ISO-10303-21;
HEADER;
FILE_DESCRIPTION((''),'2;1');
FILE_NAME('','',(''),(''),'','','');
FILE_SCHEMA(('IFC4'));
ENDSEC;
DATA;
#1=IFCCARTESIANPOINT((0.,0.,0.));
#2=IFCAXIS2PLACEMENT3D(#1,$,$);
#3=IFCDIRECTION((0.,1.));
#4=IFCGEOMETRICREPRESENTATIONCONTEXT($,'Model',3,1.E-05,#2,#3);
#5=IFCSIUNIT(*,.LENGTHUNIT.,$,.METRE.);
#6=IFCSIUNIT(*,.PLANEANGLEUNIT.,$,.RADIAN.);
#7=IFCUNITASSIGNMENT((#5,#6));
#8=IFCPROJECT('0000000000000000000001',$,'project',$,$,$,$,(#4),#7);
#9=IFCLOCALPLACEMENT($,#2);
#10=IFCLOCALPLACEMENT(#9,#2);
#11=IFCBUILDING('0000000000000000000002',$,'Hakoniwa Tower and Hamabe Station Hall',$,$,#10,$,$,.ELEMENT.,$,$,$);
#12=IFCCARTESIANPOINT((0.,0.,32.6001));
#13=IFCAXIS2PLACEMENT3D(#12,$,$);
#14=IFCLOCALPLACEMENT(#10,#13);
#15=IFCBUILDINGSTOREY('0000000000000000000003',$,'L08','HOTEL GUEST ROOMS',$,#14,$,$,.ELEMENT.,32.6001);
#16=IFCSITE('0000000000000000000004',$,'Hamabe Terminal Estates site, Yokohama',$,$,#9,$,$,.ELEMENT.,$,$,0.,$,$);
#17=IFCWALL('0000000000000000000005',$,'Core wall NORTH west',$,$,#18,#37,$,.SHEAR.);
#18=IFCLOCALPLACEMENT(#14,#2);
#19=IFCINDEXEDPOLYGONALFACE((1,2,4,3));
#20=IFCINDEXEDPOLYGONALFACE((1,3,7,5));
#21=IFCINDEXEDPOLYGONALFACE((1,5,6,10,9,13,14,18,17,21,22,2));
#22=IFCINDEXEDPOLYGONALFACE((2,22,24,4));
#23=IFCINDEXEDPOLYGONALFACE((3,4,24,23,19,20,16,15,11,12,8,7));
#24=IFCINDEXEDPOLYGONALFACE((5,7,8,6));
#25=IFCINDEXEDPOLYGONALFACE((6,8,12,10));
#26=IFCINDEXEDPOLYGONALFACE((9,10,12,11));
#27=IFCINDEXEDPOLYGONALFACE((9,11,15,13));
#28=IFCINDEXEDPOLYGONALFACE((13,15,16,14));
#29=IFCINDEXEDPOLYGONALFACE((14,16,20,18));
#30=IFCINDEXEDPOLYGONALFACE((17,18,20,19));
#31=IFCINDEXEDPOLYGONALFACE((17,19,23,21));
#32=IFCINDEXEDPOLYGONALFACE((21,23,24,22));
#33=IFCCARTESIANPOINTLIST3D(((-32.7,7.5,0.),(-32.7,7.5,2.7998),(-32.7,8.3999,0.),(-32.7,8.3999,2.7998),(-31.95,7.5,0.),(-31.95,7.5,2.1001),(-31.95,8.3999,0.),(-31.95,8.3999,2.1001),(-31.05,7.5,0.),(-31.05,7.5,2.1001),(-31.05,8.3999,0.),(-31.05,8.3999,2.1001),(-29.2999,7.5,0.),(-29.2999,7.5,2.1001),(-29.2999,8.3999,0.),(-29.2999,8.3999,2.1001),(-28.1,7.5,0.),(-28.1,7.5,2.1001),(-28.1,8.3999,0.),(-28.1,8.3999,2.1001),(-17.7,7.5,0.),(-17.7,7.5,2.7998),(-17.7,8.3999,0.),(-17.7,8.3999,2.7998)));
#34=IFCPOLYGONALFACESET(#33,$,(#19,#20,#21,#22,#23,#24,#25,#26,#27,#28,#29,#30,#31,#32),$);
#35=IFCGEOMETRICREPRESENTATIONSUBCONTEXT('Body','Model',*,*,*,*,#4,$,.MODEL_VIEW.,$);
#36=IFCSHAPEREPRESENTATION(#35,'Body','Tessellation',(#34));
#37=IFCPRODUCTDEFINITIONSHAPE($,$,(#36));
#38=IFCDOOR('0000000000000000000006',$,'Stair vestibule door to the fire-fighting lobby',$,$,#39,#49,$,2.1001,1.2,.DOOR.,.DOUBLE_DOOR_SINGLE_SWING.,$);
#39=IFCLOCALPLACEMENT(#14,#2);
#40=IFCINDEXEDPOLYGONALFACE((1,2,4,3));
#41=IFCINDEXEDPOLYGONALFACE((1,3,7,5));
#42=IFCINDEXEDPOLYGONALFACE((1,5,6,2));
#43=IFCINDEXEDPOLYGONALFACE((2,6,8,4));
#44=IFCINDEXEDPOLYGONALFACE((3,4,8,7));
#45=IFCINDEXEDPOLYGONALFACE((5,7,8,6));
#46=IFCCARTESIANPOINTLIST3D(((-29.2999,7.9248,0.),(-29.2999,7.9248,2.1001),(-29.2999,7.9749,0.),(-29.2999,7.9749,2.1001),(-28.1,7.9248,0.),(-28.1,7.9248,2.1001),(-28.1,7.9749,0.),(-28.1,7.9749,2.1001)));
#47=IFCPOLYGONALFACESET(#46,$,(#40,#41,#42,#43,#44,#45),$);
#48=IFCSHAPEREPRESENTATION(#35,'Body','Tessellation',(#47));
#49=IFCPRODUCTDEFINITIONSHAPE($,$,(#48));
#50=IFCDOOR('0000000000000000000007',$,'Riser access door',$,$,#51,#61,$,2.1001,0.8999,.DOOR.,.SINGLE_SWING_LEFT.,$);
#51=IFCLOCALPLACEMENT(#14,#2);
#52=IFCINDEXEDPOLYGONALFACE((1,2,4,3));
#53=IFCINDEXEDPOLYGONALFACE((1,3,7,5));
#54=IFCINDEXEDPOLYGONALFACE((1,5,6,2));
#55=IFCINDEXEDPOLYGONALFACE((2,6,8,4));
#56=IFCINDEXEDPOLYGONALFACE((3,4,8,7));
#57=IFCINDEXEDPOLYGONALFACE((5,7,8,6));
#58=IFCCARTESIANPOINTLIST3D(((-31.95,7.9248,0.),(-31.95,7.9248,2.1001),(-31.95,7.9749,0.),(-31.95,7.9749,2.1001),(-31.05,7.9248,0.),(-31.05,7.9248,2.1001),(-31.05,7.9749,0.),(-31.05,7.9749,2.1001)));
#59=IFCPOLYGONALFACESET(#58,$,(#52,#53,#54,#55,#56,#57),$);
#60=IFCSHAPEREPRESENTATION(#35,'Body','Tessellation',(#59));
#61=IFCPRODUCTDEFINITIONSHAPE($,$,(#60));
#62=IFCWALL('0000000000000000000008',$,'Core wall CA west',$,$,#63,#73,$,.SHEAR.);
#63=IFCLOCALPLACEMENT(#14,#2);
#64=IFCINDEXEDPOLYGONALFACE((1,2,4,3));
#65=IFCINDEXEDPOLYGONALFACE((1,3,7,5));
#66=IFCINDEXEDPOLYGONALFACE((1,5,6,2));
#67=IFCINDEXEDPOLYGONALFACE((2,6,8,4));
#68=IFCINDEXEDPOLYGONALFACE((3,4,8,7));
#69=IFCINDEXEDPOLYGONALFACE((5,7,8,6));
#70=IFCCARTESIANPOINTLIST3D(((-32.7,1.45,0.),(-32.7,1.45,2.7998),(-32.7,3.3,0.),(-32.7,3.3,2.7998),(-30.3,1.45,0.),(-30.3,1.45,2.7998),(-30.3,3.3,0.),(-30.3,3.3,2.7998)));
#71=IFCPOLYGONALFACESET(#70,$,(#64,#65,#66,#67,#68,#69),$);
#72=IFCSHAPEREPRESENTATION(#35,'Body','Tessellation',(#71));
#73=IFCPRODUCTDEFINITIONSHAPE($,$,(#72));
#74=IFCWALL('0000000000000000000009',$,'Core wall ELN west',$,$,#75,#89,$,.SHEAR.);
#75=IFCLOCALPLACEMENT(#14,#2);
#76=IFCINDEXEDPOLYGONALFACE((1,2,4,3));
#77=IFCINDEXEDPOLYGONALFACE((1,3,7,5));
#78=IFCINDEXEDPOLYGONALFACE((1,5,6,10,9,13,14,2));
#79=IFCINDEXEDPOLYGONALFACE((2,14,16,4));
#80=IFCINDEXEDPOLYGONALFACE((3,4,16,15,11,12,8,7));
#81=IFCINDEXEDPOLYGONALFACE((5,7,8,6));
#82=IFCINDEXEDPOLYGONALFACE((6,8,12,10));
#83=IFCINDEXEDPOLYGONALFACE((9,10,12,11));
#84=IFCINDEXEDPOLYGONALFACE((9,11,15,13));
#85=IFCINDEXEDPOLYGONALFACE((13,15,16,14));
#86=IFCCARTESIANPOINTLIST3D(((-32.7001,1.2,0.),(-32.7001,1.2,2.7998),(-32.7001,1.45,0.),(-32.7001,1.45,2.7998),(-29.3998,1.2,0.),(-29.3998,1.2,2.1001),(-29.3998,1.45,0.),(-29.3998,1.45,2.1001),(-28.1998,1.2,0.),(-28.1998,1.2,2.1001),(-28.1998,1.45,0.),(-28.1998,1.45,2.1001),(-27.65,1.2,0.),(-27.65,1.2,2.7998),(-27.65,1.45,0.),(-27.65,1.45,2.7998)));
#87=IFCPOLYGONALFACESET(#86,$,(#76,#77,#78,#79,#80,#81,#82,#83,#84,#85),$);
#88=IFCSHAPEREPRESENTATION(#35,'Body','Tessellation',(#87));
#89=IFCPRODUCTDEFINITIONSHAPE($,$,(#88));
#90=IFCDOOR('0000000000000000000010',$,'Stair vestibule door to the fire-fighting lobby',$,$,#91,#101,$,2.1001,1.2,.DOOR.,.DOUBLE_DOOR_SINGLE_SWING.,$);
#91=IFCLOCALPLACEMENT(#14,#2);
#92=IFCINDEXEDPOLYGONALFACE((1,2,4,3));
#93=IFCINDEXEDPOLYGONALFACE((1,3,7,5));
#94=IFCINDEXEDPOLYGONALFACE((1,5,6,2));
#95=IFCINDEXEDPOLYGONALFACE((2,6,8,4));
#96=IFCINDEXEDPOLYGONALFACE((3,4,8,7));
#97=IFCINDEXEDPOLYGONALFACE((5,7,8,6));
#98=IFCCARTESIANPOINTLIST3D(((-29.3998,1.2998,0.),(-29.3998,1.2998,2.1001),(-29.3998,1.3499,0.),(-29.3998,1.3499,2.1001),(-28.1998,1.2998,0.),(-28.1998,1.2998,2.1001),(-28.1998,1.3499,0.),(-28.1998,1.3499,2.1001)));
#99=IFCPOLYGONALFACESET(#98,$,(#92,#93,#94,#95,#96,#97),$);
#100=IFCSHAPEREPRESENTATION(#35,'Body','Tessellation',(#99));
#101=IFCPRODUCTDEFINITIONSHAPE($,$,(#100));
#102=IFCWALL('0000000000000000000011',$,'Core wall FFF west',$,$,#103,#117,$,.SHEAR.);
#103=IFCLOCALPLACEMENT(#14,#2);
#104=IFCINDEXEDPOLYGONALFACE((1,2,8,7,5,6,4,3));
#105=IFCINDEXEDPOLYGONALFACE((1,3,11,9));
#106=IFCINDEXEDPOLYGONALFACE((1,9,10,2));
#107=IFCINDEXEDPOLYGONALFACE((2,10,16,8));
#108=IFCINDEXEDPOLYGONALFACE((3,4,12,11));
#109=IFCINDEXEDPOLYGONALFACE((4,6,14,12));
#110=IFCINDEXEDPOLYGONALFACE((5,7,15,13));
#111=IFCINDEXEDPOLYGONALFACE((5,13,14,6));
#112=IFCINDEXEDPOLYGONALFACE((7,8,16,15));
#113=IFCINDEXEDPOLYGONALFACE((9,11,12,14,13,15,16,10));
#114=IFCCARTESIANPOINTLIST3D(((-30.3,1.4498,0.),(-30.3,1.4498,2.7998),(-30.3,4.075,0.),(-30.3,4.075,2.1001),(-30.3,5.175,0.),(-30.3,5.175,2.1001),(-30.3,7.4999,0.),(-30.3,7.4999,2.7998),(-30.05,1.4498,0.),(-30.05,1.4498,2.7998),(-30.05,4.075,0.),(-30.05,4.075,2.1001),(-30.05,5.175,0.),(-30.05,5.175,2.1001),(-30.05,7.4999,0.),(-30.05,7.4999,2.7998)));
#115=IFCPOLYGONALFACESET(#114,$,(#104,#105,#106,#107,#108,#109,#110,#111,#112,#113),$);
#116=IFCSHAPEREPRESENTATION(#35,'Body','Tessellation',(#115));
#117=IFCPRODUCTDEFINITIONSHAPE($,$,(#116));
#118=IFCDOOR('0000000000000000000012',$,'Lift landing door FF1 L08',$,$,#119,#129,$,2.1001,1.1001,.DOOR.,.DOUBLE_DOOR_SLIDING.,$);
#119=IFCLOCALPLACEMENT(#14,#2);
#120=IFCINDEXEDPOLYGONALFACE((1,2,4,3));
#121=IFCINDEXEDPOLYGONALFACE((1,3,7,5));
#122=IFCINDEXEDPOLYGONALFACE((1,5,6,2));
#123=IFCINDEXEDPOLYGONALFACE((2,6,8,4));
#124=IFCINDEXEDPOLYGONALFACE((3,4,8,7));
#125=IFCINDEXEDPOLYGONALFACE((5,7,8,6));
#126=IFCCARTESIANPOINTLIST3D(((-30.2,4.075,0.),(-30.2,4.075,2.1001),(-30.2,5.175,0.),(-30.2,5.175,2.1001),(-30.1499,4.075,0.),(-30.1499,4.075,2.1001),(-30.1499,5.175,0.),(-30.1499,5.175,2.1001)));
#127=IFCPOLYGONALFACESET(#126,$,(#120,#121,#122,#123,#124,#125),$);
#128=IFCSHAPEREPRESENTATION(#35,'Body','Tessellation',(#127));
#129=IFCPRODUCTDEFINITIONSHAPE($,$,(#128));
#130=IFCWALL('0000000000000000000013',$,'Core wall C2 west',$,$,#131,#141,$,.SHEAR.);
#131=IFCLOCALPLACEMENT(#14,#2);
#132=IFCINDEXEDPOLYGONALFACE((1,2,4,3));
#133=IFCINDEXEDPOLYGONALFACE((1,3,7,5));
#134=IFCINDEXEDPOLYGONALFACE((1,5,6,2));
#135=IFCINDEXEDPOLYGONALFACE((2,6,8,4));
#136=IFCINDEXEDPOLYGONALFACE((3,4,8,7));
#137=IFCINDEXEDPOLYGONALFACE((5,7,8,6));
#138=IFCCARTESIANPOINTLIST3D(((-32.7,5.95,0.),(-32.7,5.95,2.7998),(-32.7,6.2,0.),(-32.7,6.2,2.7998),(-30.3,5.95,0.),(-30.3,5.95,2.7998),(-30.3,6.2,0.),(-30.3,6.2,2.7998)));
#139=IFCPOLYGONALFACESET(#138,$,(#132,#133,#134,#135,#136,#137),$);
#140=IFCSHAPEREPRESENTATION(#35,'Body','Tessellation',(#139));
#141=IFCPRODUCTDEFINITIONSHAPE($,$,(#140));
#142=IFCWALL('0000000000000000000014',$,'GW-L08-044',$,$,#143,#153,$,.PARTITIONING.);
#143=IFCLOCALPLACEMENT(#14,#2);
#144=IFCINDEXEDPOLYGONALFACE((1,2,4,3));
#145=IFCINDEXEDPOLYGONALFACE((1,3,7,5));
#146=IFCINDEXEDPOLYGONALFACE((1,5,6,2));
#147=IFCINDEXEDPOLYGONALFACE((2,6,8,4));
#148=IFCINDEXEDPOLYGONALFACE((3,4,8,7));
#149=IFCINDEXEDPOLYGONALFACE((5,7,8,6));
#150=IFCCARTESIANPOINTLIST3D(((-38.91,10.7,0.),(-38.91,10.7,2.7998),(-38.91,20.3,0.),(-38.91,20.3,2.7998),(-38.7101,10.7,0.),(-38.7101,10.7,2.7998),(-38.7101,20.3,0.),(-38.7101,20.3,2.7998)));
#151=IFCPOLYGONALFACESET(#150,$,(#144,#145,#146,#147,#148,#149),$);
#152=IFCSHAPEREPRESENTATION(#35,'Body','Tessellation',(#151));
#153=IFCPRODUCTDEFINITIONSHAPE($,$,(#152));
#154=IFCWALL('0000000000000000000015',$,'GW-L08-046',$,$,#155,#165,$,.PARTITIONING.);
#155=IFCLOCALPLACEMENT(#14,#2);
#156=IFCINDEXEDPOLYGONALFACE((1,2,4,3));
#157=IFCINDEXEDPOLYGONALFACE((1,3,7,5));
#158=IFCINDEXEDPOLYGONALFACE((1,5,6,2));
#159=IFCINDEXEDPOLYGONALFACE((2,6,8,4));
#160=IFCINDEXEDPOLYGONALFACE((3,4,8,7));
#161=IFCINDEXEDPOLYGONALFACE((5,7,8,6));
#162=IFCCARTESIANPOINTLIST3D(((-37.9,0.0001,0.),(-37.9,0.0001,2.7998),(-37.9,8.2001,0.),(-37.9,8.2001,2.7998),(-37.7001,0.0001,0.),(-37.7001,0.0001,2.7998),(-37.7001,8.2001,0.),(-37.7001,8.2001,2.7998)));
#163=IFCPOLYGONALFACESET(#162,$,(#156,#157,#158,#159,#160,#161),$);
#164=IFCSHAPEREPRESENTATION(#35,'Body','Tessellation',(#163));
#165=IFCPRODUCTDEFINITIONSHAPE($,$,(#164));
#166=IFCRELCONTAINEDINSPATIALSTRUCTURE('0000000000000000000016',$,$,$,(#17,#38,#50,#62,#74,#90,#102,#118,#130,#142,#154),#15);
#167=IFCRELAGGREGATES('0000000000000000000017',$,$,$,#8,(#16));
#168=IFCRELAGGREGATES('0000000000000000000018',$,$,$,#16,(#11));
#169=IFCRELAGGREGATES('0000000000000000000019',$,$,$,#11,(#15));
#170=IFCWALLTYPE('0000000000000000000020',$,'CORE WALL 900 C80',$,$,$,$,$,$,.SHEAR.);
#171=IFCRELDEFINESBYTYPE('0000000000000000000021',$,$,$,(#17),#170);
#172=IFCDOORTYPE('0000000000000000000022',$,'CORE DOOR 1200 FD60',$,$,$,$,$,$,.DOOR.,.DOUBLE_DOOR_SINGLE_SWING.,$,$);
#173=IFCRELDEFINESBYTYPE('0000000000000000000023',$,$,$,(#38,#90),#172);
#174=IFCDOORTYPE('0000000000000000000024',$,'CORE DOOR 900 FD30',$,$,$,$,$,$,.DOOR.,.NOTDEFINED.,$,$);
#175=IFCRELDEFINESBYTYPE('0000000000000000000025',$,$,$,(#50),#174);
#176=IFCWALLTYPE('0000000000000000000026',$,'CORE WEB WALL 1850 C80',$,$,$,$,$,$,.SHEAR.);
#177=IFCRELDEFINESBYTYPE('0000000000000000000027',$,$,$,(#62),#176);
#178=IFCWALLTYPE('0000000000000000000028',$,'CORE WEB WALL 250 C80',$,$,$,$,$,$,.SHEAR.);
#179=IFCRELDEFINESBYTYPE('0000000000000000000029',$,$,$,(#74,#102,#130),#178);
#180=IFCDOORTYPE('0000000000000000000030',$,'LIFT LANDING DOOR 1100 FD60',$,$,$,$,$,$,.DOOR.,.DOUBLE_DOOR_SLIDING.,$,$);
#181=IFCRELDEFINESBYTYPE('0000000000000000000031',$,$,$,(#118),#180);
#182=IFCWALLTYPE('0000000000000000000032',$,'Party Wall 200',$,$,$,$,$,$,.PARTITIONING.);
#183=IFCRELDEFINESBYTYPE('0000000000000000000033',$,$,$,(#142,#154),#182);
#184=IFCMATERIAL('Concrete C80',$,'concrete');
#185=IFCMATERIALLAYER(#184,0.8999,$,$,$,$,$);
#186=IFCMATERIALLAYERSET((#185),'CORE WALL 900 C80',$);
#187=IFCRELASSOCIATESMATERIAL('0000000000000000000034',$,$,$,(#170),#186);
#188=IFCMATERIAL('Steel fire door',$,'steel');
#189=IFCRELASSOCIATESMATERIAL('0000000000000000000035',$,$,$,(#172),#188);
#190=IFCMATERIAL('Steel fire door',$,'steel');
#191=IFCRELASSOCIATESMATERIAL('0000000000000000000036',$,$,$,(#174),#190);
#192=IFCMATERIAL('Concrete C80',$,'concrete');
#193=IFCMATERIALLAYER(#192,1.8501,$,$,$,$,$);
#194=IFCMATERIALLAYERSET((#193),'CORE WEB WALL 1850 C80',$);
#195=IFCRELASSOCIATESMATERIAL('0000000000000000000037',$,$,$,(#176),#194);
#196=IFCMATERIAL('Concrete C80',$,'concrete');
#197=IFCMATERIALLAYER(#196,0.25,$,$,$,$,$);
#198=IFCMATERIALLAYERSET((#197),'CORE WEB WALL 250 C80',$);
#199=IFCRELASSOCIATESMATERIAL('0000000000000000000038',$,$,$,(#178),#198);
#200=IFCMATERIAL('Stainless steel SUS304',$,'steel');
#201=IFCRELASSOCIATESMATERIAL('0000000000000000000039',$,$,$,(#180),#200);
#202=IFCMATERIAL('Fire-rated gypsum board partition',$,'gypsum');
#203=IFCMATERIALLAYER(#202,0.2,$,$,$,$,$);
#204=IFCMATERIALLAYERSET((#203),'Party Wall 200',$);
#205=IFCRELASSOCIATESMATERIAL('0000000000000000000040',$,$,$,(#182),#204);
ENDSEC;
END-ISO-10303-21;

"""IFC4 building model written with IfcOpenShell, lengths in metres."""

from ifc_helpers import new_model, si_unit, direction, frame, frame_2d, origin, place, context, subcontext, project, spatial, rectangle, extrude, material, layer, layer_set, type_object, element, fill, save


model = new_model("IFC4")

# Units and contexts
model_context = context("Model", 3, precision=1e-05, world=origin(), true_north=direction((0.0, 1.0)))
body_context = subcontext(model_context, "Body", "Model", "MODEL_VIEW")
ifc_project = project(units=[si_unit("LENGTHUNIT", "METRE"), si_unit("PLANEANGLEUNIT", "RADIAN")], contexts=[model_context])

# Site, building, storey
site_placement = place(None, origin())
site = spatial("IfcSite", under=ifc_project, at=site_placement, Name="Hamabe Terminal Estates site, Yokohama", CompositionType="ELEMENT", RefElevation=0.0)
building_placement = place(site_placement, origin())
building = spatial("IfcBuilding", under=site, at=building_placement, Name="Hakoniwa Tower and Hamabe Station Hall", CompositionType="ELEMENT")
storey_placement = place(building_placement, frame((0.0, 0.0, 32.6001)))
storey = spatial("IfcBuildingStorey", under=building, at=storey_placement, Name="L08", Description="HOTEL GUEST ROOMS", CompositionType="ELEMENT", Elevation=32.6001)

# Wall, openings, doors
ifc_material_1 = material(Name="Concrete C80", Category="concrete")
ifc_layer_1 = layer(ifc_material_1, 0.8999)
ifc_layer_set_1 = layer_set([ifc_layer_1], Name="CORE WALL 900 C80")
wall_type_1 = type_object("IfcWallType", Name="CORE WALL 900 C80", PredefinedType="SHEAR", material=ifc_layer_set_1)
wall_1_placement = place(storey_placement, frame((-32.7, 7.95, 0.0), z_axis=(0.0, 0.0, 1.0), x_axis=(1.0, 0.0, 0.0)))
wall_1 = element("IfcWall", 1, at=wall_1_placement, inside=storey, type_object=wall_type_1, Name="Core wall NORTH west", PredefinedType="SHEAR", context=body_context, shape_type="SweptSolid", body=[
    extrude(rectangle(XDim=15.0, YDim=0.8999, at=frame_2d((7.5, 0.0))), origin(), (0.0, 0.0, 1.0), 2.7998),
])
opening_1_placement = place(wall_1_placement, frame((3.3999, 0.0, 0.0)))
opening_1 = element("IfcOpeningElement", 2, at=opening_1_placement, cuts=wall_1, PredefinedType="OPENING", context=body_context, shape_type="SweptSolid", body=[
    extrude(rectangle(XDim=1.2, YDim=2.1001, at=frame_2d((0.6001, 1.05))), frame((0.0, 0.46, 0.0), z_axis=(0.0, -1.0, 0.0), x_axis=(1.0, 0.0, 0.0)), (0.0, 0.0, 1.0), 0.9199),
])
opening_2_placement = place(wall_1_placement, frame((0.75, 0.0, 0.0)))
opening_2 = element("IfcOpeningElement", 3, at=opening_2_placement, cuts=wall_1, PredefinedType="OPENING", context=body_context, shape_type="SweptSolid", body=[
    extrude(rectangle(XDim=0.8999, YDim=2.1001, at=frame_2d((0.45, 1.05))), frame((0.0, 0.46, 0.0), z_axis=(0.0, -1.0, 0.0), x_axis=(1.0, 0.0, 0.0)), (0.0, 0.0, 1.0), 0.9199),
])
ifc_material_2 = material(Name="Steel fire door", Category="steel")
door_type_1 = type_object("IfcDoorType", Name="CORE DOOR 1200 FD60", OperationType="DOUBLE_DOOR_SINGLE_SWING", PredefinedType="DOOR", material=ifc_material_2)
door_1_placement = place(opening_1_placement, origin())
door_1 = element("IfcDoor", 4, at=door_1_placement, inside=storey, type_object=door_type_1, Name="Stair vestibule door to the fire-fighting lobby", OperationType="DOUBLE_DOOR_SINGLE_SWING", OverallHeight=2.1001, OverallWidth=1.2, PredefinedType="DOOR", context=body_context, shape_type="SweptSolid", body=[
    extrude(rectangle(XDim=1.2, YDim=2.1001, at=frame_2d((0.6001, 1.05))), frame((0.0, 0.0249, 0.0), z_axis=(0.0, -1.0, 0.0), x_axis=(1.0, 0.0, 0.0)), (0.0, 0.0, 1.0), 0.05),
])
fill(opening_1, door_1)
ifc_material_3 = material(Name="Steel fire door", Category="steel")
door_type_2 = type_object("IfcDoorType", Name="CORE DOOR 900 FD30", OperationType="NOTDEFINED", PredefinedType="DOOR", material=ifc_material_3)
door_2_placement = place(opening_2_placement, origin())
door_2 = element("IfcDoor", 5, at=door_2_placement, inside=storey, type_object=door_type_2, Name="Riser access door", OperationType="SINGLE_SWING_LEFT", OverallHeight=2.1001, OverallWidth=0.8999, PredefinedType="DOOR", context=body_context, shape_type="SweptSolid", body=[
    extrude(rectangle(XDim=0.8999, YDim=2.1001, at=frame_2d((0.45, 1.05))), frame((0.0, 0.0249, 0.0), z_axis=(0.0, -1.0, 0.0), x_axis=(1.0, 0.0, 0.0)), (0.0, 0.0, 1.0), 0.05),
])
fill(opening_2, door_2)

# Wall
ifc_material_4 = material(Name="Concrete C80", Category="concrete")
ifc_layer_2 = layer(ifc_material_4, 1.8501)
ifc_layer_set_2 = layer_set([ifc_layer_2], Name="CORE WEB WALL 1850 C80")
wall_type_2 = type_object("IfcWallType", Name="CORE WEB WALL 1850 C80", PredefinedType="SHEAR", material=ifc_layer_set_2)
wall_2_placement = place(storey_placement, frame((-32.7, 2.375, 0.0), z_axis=(0.0, 0.0, 1.0), x_axis=(1.0, 0.0, 0.0)))
element("IfcWall", 6, at=wall_2_placement, inside=storey, type_object=wall_type_2, Name="Core wall CA west", PredefinedType="SHEAR", context=body_context, shape_type="SweptSolid", body=[
    extrude(rectangle(XDim=2.3999, YDim=1.8501, at=frame_2d((1.2, 0.0))), origin(), (0.0, 0.0, 1.0), 2.7998),
])

# Walls, openings, doors
ifc_material_5 = material(Name="Concrete C80", Category="concrete")
ifc_layer_3 = layer(ifc_material_5, 0.25)
ifc_layer_set_3 = layer_set([ifc_layer_3], Name="CORE WEB WALL 250 C80")
wall_type_3 = type_object("IfcWallType", Name="CORE WEB WALL 250 C80", PredefinedType="SHEAR", material=ifc_layer_set_3)
wall_3_placement = place(storey_placement, frame((-32.7, 1.325, 0.0), z_axis=(0.0, 0.0, 1.0), x_axis=(1.0, 0.0, 0.0)))
wall_3 = element("IfcWall", 7, at=wall_3_placement, inside=storey, type_object=wall_type_3, Name="Core wall ELN west", PredefinedType="SHEAR", context=body_context, shape_type="SweptSolid", body=[
    extrude(rectangle(XDim=5.05, YDim=0.25, at=frame_2d((2.5249, 0.0))), origin(), (0.0, 0.0, 1.0), 2.7998),
])
opening_3_placement = place(wall_3_placement, frame((3.3, 0.0, 0.0)))
opening_3 = element("IfcOpeningElement", 8, at=opening_3_placement, cuts=wall_3, PredefinedType="OPENING", context=body_context, shape_type="SweptSolid", body=[
    extrude(rectangle(XDim=1.2, YDim=2.1001, at=frame_2d((0.6001, 1.05))), frame((0.0, 0.135, 0.0), z_axis=(0.0, -1.0, 0.0), x_axis=(1.0, 0.0, 0.0)), (0.0, 0.0, 1.0), 0.27),
])
door_3_placement = place(opening_3_placement, origin())
door_3 = element("IfcDoor", 9, at=door_3_placement, inside=storey, type_object=door_type_1, Name="Stair vestibule door to the fire-fighting lobby", OperationType="DOUBLE_DOOR_SINGLE_SWING", OverallHeight=2.1001, OverallWidth=1.2, PredefinedType="DOOR", context=body_context, shape_type="SweptSolid", body=[
    extrude(rectangle(XDim=1.2, YDim=2.1001, at=frame_2d((0.6001, 1.05))), frame((0.0, 0.0249, 0.0), z_axis=(0.0, -1.0, 0.0), x_axis=(1.0, 0.0, 0.0)), (0.0, 0.0, 1.0), 0.05),
])
fill(opening_3, door_3)
wall_4_placement = place(storey_placement, frame((-30.175, 1.45, 0.0), z_axis=(0.0, 0.0, 1.0), x_axis=(0.0, 1.0, 0.0)))
wall_4 = element("IfcWall", 10, at=wall_4_placement, inside=storey, type_object=wall_type_3, Name="Core wall FFF west", PredefinedType="SHEAR", context=body_context, shape_type="SweptSolid", body=[
    extrude(rectangle(XDim=6.05, YDim=0.25, at=frame_2d((3.0249, 0.0))), origin(), (0.0, 0.0, 1.0), 2.7998),
])
opening_4_placement = place(wall_4_placement, frame((2.625, 0.0, 0.0)))
opening_4 = element("IfcOpeningElement", 11, at=opening_4_placement, cuts=wall_4, PredefinedType="OPENING", context=body_context, shape_type="SweptSolid", body=[
    extrude(rectangle(XDim=1.1001, YDim=2.1001, at=frame_2d((0.55, 1.05))), frame((0.0, 0.135, 0.0), z_axis=(0.0, -1.0, 0.0), x_axis=(1.0, 0.0, 0.0)), (0.0, 0.0, 1.0), 0.27),
])
ifc_material_6 = material(Name="Stainless steel SUS304", Category="steel")
door_type_3 = type_object("IfcDoorType", Name="LIFT LANDING DOOR 1100 FD60", OperationType="DOUBLE_DOOR_SLIDING", PredefinedType="DOOR", material=ifc_material_6)
door_4_placement = place(opening_4_placement, origin())
door_4 = element("IfcDoor", 12, at=door_4_placement, inside=storey, type_object=door_type_3, Name="Lift landing door FF1 L08", OperationType="DOUBLE_DOOR_SLIDING", OverallHeight=2.1001, OverallWidth=1.1001, PredefinedType="DOOR", context=body_context, shape_type="SweptSolid", body=[
    extrude(rectangle(XDim=1.1001, YDim=2.1001, at=frame_2d((0.55, 1.05))), frame((0.0, 0.0249, 0.0), z_axis=(0.0, -1.0, 0.0), x_axis=(1.0, 0.0, 0.0)), (0.0, 0.0, 1.0), 0.05),
])
fill(opening_4, door_4)

# Walls
wall_5_placement = place(storey_placement, frame((-32.7, 6.075, 0.0), z_axis=(0.0, 0.0, 1.0), x_axis=(1.0, 0.0, 0.0)))
element("IfcWall", 13, at=wall_5_placement, inside=storey, type_object=wall_type_3, Name="Core wall C2 west", PredefinedType="SHEAR", context=body_context, shape_type="SweptSolid", body=[
    extrude(rectangle(XDim=2.3999, YDim=0.25, at=frame_2d((1.2, 0.0))), origin(), (0.0, 0.0, 1.0), 2.7998),
])
ifc_material_7 = material(Name="Fire-rated gypsum board partition", Category="gypsum")
ifc_layer_4 = layer(ifc_material_7, 0.2)
ifc_layer_set_4 = layer_set([ifc_layer_4], Name="Party Wall 200")
wall_type_4 = type_object("IfcWallType", Name="Party Wall 200", PredefinedType="PARTITIONING", material=ifc_layer_set_4)
wall_6_placement = place(storey_placement, frame((-38.8101, 10.7, 0.0), z_axis=(0.0, 0.0, 1.0), x_axis=(0.0, 1.0, 0.0)))
element("IfcWall", 14, at=wall_6_placement, inside=storey, type_object=wall_type_4, Name="GW-L08-044", PredefinedType="PARTITIONING", context=body_context, shape_type="SweptSolid", body=[
    extrude(rectangle(XDim=9.6001, YDim=0.2, at=frame_2d((4.8, 0.0))), origin(), (0.0, 0.0, 1.0), 2.7998),
])
wall_7_placement = place(storey_placement, frame((-37.8, 0.0, 0.0), z_axis=(0.0, 0.0, 1.0), x_axis=(0.0, 1.0, 0.0)))
element("IfcWall", 15, at=wall_7_placement, inside=storey, type_object=wall_type_4, Name="GW-L08-046", PredefinedType="PARTITIONING", context=body_context, shape_type="SweptSolid", body=[
    extrude(rectangle(XDim=8.2, YDim=0.2, at=frame_2d((4.1001, 0.0))), origin(), (0.0, 0.0, 1.0), 2.7998),
])

save(model, "model.ifc")
